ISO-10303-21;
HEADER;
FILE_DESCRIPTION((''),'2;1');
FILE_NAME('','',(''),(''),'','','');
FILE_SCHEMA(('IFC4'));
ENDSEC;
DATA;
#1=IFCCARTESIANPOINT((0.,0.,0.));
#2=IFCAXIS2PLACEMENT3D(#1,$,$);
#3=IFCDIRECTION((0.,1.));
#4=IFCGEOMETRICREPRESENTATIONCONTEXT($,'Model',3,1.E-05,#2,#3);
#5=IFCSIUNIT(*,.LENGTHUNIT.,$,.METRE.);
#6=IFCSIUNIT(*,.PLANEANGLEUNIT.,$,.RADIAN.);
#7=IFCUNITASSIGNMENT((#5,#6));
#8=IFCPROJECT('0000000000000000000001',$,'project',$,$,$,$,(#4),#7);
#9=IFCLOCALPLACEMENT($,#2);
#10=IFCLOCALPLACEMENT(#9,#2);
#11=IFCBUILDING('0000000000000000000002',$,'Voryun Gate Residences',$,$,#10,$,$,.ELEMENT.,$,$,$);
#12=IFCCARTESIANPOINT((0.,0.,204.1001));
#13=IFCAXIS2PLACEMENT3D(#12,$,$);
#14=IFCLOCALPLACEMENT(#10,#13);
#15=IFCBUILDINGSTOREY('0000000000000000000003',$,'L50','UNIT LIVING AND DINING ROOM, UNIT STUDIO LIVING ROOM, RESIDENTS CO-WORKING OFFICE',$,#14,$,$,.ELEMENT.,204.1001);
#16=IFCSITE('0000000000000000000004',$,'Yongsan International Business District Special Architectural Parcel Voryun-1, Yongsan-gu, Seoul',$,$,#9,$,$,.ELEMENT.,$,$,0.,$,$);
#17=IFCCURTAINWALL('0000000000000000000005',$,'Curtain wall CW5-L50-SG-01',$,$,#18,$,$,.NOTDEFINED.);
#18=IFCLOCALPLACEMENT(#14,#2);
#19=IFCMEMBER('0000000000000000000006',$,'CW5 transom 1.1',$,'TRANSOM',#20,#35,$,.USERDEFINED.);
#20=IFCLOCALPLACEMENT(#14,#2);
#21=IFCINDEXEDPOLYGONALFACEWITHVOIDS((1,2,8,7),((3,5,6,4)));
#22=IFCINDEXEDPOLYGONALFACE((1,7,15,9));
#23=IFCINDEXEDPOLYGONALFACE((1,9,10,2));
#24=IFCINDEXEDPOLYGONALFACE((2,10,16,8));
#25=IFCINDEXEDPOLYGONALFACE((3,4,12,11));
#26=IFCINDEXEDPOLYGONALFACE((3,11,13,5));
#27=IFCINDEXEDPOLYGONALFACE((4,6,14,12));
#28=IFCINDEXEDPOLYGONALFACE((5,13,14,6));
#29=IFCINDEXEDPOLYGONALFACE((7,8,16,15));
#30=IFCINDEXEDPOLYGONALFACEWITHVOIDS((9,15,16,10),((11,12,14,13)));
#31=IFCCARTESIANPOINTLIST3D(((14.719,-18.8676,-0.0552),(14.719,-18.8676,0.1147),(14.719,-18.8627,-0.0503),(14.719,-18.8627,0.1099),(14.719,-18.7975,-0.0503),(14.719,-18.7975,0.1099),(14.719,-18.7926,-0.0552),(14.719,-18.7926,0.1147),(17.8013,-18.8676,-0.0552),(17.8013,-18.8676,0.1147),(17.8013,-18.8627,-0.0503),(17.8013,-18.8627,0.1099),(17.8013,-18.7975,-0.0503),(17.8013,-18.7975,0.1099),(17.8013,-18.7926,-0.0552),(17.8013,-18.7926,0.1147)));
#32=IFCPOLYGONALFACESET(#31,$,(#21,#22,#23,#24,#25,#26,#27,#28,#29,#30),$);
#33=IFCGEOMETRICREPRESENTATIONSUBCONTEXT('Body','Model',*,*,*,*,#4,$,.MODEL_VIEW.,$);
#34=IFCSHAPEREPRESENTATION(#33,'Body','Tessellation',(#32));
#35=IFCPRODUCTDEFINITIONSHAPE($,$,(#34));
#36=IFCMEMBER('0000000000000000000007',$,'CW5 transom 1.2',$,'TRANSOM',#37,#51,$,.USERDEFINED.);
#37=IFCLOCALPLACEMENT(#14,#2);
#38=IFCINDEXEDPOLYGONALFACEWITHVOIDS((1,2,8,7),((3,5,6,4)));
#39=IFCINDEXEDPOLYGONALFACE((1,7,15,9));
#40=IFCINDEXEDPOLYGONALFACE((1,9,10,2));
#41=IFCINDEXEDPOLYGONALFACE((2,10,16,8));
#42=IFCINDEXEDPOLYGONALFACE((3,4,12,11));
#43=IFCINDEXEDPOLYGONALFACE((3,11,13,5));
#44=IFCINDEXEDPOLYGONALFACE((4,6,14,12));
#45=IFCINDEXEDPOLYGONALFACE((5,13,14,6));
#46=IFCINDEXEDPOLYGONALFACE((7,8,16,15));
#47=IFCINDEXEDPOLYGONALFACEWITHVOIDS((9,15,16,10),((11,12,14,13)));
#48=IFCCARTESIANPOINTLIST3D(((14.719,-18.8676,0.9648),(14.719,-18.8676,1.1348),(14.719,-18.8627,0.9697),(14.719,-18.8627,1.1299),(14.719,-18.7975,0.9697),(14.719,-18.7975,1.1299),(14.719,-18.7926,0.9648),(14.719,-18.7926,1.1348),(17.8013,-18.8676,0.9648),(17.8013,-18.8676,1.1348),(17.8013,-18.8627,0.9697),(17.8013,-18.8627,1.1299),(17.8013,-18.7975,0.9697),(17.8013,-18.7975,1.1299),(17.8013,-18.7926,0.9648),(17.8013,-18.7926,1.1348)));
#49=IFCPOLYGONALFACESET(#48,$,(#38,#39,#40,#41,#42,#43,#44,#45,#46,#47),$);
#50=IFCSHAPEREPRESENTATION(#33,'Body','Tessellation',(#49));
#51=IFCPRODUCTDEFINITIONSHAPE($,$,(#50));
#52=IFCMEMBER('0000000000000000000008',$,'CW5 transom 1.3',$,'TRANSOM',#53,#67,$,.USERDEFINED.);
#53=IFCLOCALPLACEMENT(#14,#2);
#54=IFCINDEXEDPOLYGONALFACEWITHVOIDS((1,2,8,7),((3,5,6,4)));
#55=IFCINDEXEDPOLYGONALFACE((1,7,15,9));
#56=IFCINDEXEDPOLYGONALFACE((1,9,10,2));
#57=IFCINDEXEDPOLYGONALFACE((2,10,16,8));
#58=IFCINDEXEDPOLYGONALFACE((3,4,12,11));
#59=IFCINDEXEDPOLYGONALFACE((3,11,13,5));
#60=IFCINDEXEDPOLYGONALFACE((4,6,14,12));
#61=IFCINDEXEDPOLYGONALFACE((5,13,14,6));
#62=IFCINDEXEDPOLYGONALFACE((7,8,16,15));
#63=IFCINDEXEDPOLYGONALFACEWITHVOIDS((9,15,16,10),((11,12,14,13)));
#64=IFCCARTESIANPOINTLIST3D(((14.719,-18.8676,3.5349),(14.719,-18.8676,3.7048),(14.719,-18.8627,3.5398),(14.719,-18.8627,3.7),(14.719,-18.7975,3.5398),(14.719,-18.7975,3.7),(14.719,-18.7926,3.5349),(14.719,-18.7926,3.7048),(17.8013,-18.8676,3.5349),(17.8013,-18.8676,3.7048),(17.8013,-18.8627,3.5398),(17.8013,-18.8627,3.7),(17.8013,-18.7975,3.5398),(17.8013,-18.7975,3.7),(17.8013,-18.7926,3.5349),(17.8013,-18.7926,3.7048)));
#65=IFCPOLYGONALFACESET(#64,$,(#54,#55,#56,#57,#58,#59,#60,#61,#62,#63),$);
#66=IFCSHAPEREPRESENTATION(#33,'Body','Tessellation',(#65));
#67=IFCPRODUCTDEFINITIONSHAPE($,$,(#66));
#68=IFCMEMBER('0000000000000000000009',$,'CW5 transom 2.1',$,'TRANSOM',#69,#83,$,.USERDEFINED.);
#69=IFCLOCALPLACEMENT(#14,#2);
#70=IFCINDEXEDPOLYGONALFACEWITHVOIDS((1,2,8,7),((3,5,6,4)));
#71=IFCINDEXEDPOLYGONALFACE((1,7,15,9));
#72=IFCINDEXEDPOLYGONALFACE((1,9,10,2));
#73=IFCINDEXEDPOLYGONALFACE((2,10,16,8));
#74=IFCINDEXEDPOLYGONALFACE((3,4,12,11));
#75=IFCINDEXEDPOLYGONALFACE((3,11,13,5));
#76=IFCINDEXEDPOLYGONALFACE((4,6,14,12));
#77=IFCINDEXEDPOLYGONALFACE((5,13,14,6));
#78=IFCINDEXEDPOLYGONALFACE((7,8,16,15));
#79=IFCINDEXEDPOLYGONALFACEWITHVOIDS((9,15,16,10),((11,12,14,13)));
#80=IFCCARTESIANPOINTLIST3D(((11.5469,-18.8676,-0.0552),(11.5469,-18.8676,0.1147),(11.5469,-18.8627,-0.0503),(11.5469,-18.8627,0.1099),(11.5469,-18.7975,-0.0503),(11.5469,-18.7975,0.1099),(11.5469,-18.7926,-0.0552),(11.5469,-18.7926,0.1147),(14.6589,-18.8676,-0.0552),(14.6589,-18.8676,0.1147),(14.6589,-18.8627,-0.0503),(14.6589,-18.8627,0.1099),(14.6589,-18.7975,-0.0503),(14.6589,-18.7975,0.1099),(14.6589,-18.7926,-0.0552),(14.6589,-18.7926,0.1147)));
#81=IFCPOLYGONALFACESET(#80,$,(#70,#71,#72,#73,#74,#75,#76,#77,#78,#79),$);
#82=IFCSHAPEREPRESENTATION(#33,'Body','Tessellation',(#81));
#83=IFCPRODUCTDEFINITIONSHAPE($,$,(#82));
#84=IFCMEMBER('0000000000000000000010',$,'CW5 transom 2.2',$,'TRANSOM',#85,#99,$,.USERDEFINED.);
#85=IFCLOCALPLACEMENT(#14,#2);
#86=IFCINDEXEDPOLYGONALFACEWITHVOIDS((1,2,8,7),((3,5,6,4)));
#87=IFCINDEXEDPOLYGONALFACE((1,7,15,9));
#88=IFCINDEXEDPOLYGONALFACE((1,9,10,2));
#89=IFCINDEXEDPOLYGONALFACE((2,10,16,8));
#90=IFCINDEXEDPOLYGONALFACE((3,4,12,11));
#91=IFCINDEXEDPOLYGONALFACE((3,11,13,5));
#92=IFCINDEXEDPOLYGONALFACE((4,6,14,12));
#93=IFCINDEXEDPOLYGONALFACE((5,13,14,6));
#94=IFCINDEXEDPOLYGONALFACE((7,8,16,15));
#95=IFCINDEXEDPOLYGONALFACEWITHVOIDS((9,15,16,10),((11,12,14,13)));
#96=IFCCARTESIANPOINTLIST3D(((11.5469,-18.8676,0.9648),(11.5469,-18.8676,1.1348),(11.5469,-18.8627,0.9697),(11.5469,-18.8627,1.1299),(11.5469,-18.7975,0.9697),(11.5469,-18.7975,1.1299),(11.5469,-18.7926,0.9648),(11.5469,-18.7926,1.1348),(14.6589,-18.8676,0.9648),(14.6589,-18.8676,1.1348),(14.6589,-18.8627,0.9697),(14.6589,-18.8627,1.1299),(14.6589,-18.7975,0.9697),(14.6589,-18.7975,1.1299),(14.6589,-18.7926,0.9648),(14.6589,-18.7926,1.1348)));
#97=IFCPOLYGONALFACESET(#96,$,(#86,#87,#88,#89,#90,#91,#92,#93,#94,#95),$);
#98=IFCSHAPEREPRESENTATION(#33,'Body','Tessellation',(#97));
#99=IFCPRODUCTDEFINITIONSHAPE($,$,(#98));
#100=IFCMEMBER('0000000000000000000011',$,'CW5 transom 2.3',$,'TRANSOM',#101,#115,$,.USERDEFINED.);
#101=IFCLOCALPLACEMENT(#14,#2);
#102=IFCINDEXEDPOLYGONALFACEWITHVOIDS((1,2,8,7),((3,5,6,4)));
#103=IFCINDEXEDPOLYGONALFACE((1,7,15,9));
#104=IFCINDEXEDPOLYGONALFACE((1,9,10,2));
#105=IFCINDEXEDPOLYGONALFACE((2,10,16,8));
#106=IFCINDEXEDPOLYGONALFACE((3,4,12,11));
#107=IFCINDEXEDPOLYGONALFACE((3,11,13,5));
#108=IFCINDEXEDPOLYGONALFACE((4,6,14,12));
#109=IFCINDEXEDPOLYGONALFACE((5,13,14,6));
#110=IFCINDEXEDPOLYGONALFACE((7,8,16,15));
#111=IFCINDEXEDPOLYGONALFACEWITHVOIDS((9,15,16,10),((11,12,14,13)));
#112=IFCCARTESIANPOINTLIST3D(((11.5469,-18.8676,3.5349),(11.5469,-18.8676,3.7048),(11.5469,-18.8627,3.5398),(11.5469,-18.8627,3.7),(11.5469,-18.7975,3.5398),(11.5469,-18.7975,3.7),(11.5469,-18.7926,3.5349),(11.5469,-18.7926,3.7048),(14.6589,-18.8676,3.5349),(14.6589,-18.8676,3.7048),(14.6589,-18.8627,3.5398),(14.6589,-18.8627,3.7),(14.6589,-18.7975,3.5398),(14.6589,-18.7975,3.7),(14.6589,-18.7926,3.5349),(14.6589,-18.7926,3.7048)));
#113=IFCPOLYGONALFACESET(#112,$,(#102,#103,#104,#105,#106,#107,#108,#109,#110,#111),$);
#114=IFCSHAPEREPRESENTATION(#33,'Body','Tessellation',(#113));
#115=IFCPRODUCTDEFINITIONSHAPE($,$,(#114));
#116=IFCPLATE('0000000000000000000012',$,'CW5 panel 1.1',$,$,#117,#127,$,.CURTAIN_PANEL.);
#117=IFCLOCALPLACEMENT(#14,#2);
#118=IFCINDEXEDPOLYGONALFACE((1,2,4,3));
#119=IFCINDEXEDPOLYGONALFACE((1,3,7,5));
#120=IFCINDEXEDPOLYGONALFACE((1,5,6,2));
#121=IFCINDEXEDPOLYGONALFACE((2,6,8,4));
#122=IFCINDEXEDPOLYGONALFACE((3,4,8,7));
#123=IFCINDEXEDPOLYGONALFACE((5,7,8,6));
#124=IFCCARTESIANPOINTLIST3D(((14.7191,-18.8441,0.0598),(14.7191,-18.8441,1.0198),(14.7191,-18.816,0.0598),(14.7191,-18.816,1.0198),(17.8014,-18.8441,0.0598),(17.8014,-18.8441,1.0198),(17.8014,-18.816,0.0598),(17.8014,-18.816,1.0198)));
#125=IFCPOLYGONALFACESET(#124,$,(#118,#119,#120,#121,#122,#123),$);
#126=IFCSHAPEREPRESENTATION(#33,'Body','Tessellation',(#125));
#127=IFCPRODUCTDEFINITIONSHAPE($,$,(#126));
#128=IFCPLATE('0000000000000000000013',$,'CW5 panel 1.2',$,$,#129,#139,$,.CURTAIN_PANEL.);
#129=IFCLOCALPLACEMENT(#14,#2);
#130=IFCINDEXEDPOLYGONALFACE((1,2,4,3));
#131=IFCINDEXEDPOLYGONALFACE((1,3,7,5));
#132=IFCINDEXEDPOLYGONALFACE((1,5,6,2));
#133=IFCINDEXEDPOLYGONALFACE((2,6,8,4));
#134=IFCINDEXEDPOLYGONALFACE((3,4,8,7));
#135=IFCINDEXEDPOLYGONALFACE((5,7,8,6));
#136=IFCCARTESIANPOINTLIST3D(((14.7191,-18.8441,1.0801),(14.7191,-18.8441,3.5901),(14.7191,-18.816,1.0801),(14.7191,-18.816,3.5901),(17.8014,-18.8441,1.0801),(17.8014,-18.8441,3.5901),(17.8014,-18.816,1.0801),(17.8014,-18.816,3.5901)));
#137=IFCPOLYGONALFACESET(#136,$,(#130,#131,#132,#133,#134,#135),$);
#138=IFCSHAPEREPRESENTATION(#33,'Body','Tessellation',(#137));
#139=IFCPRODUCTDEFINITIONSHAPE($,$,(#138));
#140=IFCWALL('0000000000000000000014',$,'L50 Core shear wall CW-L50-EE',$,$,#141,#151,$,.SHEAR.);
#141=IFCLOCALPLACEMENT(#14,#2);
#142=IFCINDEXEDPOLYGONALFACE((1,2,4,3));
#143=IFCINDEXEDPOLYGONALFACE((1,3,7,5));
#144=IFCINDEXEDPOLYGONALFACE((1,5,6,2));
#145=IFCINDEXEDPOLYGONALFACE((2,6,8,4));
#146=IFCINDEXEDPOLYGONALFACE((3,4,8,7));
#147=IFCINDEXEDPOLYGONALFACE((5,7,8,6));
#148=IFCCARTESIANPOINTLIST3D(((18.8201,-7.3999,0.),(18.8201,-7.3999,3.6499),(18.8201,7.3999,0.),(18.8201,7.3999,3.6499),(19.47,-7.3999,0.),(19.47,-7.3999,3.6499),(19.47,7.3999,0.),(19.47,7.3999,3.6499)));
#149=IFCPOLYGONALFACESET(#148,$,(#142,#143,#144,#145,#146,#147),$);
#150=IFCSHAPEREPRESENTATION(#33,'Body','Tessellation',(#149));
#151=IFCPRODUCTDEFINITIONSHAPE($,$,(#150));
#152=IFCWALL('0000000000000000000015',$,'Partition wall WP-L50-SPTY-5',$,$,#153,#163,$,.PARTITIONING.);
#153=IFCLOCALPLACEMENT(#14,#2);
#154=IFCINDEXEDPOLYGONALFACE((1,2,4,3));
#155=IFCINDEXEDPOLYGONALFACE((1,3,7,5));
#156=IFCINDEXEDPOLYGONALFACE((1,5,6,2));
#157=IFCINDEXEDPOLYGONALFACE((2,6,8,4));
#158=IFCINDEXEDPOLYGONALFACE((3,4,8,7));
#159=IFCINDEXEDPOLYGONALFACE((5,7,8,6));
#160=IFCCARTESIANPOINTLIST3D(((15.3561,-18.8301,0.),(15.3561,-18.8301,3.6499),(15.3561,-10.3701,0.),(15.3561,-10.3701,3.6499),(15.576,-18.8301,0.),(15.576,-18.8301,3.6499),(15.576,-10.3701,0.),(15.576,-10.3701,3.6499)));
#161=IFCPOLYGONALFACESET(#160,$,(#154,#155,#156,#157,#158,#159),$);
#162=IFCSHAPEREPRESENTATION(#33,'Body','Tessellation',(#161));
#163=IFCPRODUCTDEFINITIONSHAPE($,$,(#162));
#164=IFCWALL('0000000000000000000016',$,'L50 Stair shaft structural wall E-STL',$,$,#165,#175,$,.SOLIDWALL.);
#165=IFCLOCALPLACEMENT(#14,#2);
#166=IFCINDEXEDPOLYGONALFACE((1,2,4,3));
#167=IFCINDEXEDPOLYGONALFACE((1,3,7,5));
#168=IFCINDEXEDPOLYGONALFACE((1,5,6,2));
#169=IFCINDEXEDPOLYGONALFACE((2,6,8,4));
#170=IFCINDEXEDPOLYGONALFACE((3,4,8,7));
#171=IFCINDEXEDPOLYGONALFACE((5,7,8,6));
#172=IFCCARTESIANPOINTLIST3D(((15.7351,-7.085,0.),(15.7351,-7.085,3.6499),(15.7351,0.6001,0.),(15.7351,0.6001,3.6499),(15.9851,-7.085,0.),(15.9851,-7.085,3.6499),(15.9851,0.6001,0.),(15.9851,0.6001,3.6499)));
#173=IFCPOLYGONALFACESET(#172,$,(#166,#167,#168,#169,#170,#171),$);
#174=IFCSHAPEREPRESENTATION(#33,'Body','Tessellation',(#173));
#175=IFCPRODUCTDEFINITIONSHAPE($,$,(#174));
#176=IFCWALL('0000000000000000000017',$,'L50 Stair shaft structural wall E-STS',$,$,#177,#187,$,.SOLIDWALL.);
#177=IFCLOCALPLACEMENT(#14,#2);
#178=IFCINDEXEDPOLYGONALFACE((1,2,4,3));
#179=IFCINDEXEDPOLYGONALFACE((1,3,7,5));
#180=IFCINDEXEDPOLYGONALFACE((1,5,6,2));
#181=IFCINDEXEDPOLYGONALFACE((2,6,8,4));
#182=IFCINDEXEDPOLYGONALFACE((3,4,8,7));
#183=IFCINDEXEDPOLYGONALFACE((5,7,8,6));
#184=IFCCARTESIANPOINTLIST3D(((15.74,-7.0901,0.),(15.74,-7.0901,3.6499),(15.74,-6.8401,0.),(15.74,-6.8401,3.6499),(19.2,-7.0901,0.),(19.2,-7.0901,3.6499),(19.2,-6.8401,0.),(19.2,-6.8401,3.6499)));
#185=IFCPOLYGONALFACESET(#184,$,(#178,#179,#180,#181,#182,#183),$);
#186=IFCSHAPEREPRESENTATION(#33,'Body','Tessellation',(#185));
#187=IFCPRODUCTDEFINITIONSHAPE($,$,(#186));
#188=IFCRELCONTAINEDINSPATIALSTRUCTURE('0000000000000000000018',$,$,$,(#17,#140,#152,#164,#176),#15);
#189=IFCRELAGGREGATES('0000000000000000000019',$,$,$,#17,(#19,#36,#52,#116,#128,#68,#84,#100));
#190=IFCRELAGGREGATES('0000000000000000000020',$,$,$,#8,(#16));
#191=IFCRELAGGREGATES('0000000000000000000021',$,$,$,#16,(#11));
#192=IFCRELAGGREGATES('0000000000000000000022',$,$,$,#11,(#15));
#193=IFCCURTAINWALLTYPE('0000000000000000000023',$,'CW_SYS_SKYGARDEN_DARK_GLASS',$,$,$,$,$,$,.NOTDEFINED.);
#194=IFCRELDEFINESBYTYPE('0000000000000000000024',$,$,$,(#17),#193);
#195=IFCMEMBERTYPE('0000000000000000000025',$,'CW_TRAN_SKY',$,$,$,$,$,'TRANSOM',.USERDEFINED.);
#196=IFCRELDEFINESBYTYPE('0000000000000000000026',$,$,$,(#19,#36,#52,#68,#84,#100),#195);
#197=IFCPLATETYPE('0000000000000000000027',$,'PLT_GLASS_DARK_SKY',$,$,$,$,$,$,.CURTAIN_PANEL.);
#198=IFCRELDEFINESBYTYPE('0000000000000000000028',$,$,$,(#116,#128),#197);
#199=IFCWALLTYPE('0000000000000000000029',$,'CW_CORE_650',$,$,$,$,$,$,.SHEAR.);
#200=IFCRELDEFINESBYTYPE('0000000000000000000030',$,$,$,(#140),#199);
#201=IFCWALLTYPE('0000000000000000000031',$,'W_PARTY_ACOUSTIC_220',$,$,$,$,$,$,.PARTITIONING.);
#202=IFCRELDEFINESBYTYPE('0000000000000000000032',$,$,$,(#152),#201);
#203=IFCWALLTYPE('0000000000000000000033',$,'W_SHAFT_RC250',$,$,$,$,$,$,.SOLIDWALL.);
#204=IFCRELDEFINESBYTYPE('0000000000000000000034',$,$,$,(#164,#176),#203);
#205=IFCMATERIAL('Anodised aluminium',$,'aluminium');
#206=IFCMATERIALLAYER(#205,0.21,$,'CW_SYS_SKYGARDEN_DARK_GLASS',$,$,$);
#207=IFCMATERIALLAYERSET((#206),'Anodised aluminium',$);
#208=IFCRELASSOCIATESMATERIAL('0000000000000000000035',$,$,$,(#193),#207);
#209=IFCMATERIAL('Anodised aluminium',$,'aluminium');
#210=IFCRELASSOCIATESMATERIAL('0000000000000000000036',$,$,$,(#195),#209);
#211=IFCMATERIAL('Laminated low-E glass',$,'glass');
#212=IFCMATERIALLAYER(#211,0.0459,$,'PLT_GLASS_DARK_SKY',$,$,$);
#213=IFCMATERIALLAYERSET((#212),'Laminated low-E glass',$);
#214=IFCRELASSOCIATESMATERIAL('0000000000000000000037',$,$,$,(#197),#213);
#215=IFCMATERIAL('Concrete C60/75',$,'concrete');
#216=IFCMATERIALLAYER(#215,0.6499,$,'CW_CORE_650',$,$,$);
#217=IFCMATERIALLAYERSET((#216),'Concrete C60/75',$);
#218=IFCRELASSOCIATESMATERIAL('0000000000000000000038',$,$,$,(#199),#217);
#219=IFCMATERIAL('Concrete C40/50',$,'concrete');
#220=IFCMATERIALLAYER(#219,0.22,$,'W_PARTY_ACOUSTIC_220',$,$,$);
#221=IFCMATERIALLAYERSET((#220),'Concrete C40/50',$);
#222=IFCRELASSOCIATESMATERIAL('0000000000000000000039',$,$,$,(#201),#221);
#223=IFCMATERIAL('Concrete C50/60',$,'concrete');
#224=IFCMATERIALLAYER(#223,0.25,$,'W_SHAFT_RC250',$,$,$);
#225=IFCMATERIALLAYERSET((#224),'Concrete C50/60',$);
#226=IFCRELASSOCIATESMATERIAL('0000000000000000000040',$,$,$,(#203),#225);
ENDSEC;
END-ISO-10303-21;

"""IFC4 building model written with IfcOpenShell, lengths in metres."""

from ifc_helpers import new_model, si_unit, direction, frame, frame_2d, origin, origin_2d, place, context, subcontext, project, spatial, rectangle, hollow_rectangle, extrude, material, layer, layer_set, material_profile, profile_set, type_object, element, aggregate, save


model = new_model("IFC4")

# Units and contexts
model_context = context("Model", 3, precision=1e-05, world=origin(), true_north=direction((0.0, 1.0)))
body_context = subcontext(model_context, "Body", "Model", "MODEL_VIEW")
ifc_project = project(units=[si_unit("LENGTHUNIT", "METRE"), si_unit("PLANEANGLEUNIT", "RADIAN")], contexts=[model_context])

# Site, building, storey
site_placement = place(None, origin())
site = spatial("IfcSite", under=ifc_project, at=site_placement, Name="Yongsan International Business District Special Architectural Parcel Voryun-1, Yongsan-gu, Seoul", CompositionType="ELEMENT", RefElevation=0.0)
building_placement = place(site_placement, origin())
building = spatial("IfcBuilding", under=site, at=building_placement, Name="Voryun Gate Residences", CompositionType="ELEMENT")
storey_placement = place(building_placement, frame((0.0, 0.0, 204.1001)))
storey = spatial("IfcBuildingStorey", under=building, at=storey_placement, Name="L50", Description="UNIT LIVING AND DINING ROOM, UNIT STUDIO LIVING ROOM, RESIDENTS CO-WORKING OFFICE", CompositionType="ELEMENT", Elevation=204.1001)

# Curtain wall, members, plates
ifc_material_1 = material(Name="Anodised aluminium", Category="aluminium")
ifc_layer_1 = layer(ifc_material_1, 0.21, Name="CW_SYS_SKYGARDEN_DARK_GLASS")
ifc_layer_set_1 = layer_set([ifc_layer_1], Name="Anodised aluminium")
curtain_wall_type = type_object("IfcCurtainWallType", Name="CW_SYS_SKYGARDEN_DARK_GLASS", PredefinedType="NOTDEFINED", material=ifc_layer_set_1)
curtain_wall_placement = place(storey_placement, origin())
curtain_wall = element("IfcCurtainWall", 1, at=curtain_wall_placement, inside=storey, type_object=curtain_wall_type, Name="Curtain wall CW5-L50-SG-01", PredefinedType="NOTDEFINED")
ifc_material_2 = material(Name="Anodised aluminium", Category="aluminium")
ifc_material_profile_1 = material_profile(ifc_material_2, hollow_rectangle(XDim=0.075, YDim=0.1699, WallThickness=0.0049, at=origin_2d()), Name="ALU-TRAN-170x75x5")
ifc_profile_set_1 = profile_set([ifc_material_profile_1], Name="Anodised aluminium")
member_type_1 = type_object("IfcMemberType", Name="CW_TRAN_SKY", ElementType="TRANSOM", PredefinedType="USERDEFINED", material=ifc_profile_set_1)
member_1_placement = place(storey_placement, frame((17.8013, -18.8301, 0.0298), z_axis=(-1.0, 0.0, 0.0), x_axis=(0.0, -1.0, 0.0)))
member_1 = element("IfcMember", 2, at=member_1_placement, type_object=member_type_1, Name="CW5 transom 1.1", ObjectType="TRANSOM", PredefinedType="USERDEFINED", context=body_context, shape_type="SweptSolid", body=[
    extrude(hollow_rectangle(XDim=0.075, YDim=0.1699, WallThickness=0.0049, at=origin_2d()), origin(), (0.0, 0.0, 1.0), 3.0823),
])
member_2_placement = place(storey_placement, frame((17.8013, -18.8301, 1.0498), z_axis=(-1.0, 0.0, 0.0), x_axis=(0.0, -1.0, 0.0)))
member_2 = element("IfcMember", 3, at=member_2_placement, type_object=member_type_1, Name="CW5 transom 1.2", ObjectType="TRANSOM", PredefinedType="USERDEFINED", context=body_context, shape_type="SweptSolid", body=[
    extrude(hollow_rectangle(XDim=0.075, YDim=0.1699, WallThickness=0.0049, at=origin_2d()), origin(), (0.0, 0.0, 1.0), 3.0823),
])
member_3_placement = place(storey_placement, frame((17.8013, -18.8301, 3.6199), z_axis=(-1.0, 0.0, 0.0), x_axis=(0.0, -1.0, 0.0)))
member_3 = element("IfcMember", 4, at=member_3_placement, type_object=member_type_1, Name="CW5 transom 1.3", ObjectType="TRANSOM", PredefinedType="USERDEFINED", context=body_context, shape_type="SweptSolid", body=[
    extrude(hollow_rectangle(XDim=0.075, YDim=0.1699, WallThickness=0.0049, at=origin_2d()), origin(), (0.0, 0.0, 1.0), 3.0823),
])
member_4_placement = place(storey_placement, frame((14.6589, -18.8301, 0.0298), z_axis=(-1.0, 0.0, 0.0), x_axis=(0.0, -1.0, 0.0)))
member_4 = element("IfcMember", 5, at=member_4_placement, type_object=member_type_1, Name="CW5 transom 2.1", ObjectType="TRANSOM", PredefinedType="USERDEFINED", context=body_context, shape_type="SweptSolid", body=[
    extrude(hollow_rectangle(XDim=0.075, YDim=0.1699, WallThickness=0.0049, at=origin_2d()), origin(), (0.0, 0.0, 1.0), 3.1121),
])
member_5_placement = place(storey_placement, frame((14.6589, -18.8301, 1.0498), z_axis=(-1.0, 0.0, 0.0), x_axis=(0.0, -1.0, 0.0)))
member_5 = element("IfcMember", 6, at=member_5_placement, type_object=member_type_1, Name="CW5 transom 2.2", ObjectType="TRANSOM", PredefinedType="USERDEFINED", context=body_context, shape_type="SweptSolid", body=[
    extrude(hollow_rectangle(XDim=0.075, YDim=0.1699, WallThickness=0.0049, at=origin_2d()), origin(), (0.0, 0.0, 1.0), 3.1121),
])
member_6_placement = place(storey_placement, frame((14.6589, -18.8301, 3.6199), z_axis=(-1.0, 0.0, 0.0), x_axis=(0.0, -1.0, 0.0)))
member_6 = element("IfcMember", 7, at=member_6_placement, type_object=member_type_1, Name="CW5 transom 2.3", ObjectType="TRANSOM", PredefinedType="USERDEFINED", context=body_context, shape_type="SweptSolid", body=[
    extrude(hollow_rectangle(XDim=0.075, YDim=0.1699, WallThickness=0.0049, at=origin_2d()), origin(), (0.0, 0.0, 1.0), 3.1121),
])
ifc_material_3 = material(Name="Laminated low-E glass", Category="glass")
ifc_layer_2 = layer(ifc_material_3, 0.0459, Name="PLT_GLASS_DARK_SKY")
ifc_layer_set_2 = layer_set([ifc_layer_2], Name="Laminated low-E glass")
plate_type = type_object("IfcPlateType", Name="PLT_GLASS_DARK_SKY", PredefinedType="CURTAIN_PANEL", material=ifc_layer_set_2)
plate_1_placement = place(storey_placement, frame((16.2603, -18.8301, 0.0598), z_axis=(0.0, 0.0, 1.0), x_axis=(-1.0, 0.0, 0.0)))
plate_1 = element("IfcPlate", 8, at=plate_1_placement, type_object=plate_type, Name="CW5 panel 1.1", PredefinedType="CURTAIN_PANEL", context=body_context, shape_type="SweptSolid", body=[
    extrude(rectangle(XDim=3.0823, YDim=0.0281, at=origin_2d()), origin(), (0.0, 0.0, 1.0), 0.96),
])
plate_2_placement = place(storey_placement, frame((16.2603, -18.8301, 1.0801), z_axis=(0.0, 0.0, 1.0), x_axis=(-1.0, 0.0, 0.0)))
plate_2 = element("IfcPlate", 9, at=plate_2_placement, type_object=plate_type, Name="CW5 panel 1.2", PredefinedType="CURTAIN_PANEL", context=body_context, shape_type="SweptSolid", body=[
    extrude(rectangle(XDim=3.0823, YDim=0.0281, at=origin_2d()), origin(), (0.0, 0.0, 1.0), 2.51),
])
aggregate(curtain_wall, [member_1, member_2, member_3, plate_1, plate_2, member_4, member_5, member_6])

# Walls
ifc_material_4 = material(Name="Concrete C60/75", Category="concrete")
ifc_layer_3 = layer(ifc_material_4, 0.6499, Name="CW_CORE_650")
ifc_layer_set_3 = layer_set([ifc_layer_3], Name="Concrete C60/75")
wall_type_1 = type_object("IfcWallType", Name="CW_CORE_650", PredefinedType="SHEAR", material=ifc_layer_set_3)
wall_1_placement = place(storey_placement, frame((19.145, -7.3999, 0.0), z_axis=(0.0, 0.0, 1.0), x_axis=(0.0, 1.0, 0.0)))
element("IfcWall", 10, at=wall_1_placement, inside=storey, type_object=wall_type_1, Name="L50 Core shear wall CW-L50-EE", PredefinedType="SHEAR", context=body_context, shape_type="SweptSolid", body=[
    extrude(rectangle(XDim=14.7998, YDim=0.6499, at=frame_2d((7.3999, 0.0))), origin(), (0.0, 0.0, 1.0), 3.6499),
])
ifc_material_5 = material(Name="Concrete C40/50", Category="concrete")
ifc_layer_4 = layer(ifc_material_5, 0.22, Name="W_PARTY_ACOUSTIC_220")
ifc_layer_set_4 = layer_set([ifc_layer_4], Name="Concrete C40/50")
wall_type_2 = type_object("IfcWallType", Name="W_PARTY_ACOUSTIC_220", PredefinedType="PARTITIONING", material=ifc_layer_set_4)
wall_2_placement = place(storey_placement, frame((15.4661, -18.8301, 0.0), z_axis=(0.0, 0.0, 1.0), x_axis=(0.0, 1.0, 0.0)))
element("IfcWall", 11, at=wall_2_placement, inside=storey, type_object=wall_type_2, Name="Partition wall WP-L50-SPTY-5", PredefinedType="PARTITIONING", context=body_context, shape_type="SweptSolid", body=[
    extrude(rectangle(XDim=8.46, YDim=0.22, at=frame_2d((4.23, 0.0))), origin(), (0.0, 0.0, 1.0), 3.6499),
])
ifc_material_6 = material(Name="Concrete C50/60", Category="concrete")
ifc_layer_5 = layer(ifc_material_6, 0.25, Name="W_SHAFT_RC250")
ifc_layer_set_5 = layer_set([ifc_layer_5], Name="Concrete C50/60")
wall_type_3 = type_object("IfcWallType", Name="W_SHAFT_RC250", PredefinedType="SOLIDWALL", material=ifc_layer_set_5)
wall_3_placement = place(storey_placement, frame((15.8601, -7.085, 0.0), z_axis=(0.0, 0.0, 1.0), x_axis=(0.0, 1.0, 0.0)))
element("IfcWall", 12, at=wall_3_placement, inside=storey, type_object=wall_type_3, Name="L50 Stair shaft structural wall E-STL", PredefinedType="SOLIDWALL", context=body_context, shape_type="SweptSolid", body=[
    extrude(rectangle(XDim=7.6851, YDim=0.25, at=frame_2d((3.8425, 0.0))), origin(), (0.0, 0.0, 1.0), 3.6499),
])
wall_4_placement = place(storey_placement, frame((15.74, -6.9651, 0.0), z_axis=(0.0, 0.0, 1.0), x_axis=(1.0, 0.0, 0.0)))
element("IfcWall", 13, at=wall_4_placement, inside=storey, type_object=wall_type_3, Name="L50 Stair shaft structural wall E-STS", PredefinedType="SOLIDWALL", context=body_context, shape_type="SweptSolid", body=[
    extrude(rectangle(XDim=3.46, YDim=0.25, at=frame_2d((1.73, 0.0))), origin(), (0.0, 0.0, 1.0), 3.6499),
])

save(model, "model.ifc")
